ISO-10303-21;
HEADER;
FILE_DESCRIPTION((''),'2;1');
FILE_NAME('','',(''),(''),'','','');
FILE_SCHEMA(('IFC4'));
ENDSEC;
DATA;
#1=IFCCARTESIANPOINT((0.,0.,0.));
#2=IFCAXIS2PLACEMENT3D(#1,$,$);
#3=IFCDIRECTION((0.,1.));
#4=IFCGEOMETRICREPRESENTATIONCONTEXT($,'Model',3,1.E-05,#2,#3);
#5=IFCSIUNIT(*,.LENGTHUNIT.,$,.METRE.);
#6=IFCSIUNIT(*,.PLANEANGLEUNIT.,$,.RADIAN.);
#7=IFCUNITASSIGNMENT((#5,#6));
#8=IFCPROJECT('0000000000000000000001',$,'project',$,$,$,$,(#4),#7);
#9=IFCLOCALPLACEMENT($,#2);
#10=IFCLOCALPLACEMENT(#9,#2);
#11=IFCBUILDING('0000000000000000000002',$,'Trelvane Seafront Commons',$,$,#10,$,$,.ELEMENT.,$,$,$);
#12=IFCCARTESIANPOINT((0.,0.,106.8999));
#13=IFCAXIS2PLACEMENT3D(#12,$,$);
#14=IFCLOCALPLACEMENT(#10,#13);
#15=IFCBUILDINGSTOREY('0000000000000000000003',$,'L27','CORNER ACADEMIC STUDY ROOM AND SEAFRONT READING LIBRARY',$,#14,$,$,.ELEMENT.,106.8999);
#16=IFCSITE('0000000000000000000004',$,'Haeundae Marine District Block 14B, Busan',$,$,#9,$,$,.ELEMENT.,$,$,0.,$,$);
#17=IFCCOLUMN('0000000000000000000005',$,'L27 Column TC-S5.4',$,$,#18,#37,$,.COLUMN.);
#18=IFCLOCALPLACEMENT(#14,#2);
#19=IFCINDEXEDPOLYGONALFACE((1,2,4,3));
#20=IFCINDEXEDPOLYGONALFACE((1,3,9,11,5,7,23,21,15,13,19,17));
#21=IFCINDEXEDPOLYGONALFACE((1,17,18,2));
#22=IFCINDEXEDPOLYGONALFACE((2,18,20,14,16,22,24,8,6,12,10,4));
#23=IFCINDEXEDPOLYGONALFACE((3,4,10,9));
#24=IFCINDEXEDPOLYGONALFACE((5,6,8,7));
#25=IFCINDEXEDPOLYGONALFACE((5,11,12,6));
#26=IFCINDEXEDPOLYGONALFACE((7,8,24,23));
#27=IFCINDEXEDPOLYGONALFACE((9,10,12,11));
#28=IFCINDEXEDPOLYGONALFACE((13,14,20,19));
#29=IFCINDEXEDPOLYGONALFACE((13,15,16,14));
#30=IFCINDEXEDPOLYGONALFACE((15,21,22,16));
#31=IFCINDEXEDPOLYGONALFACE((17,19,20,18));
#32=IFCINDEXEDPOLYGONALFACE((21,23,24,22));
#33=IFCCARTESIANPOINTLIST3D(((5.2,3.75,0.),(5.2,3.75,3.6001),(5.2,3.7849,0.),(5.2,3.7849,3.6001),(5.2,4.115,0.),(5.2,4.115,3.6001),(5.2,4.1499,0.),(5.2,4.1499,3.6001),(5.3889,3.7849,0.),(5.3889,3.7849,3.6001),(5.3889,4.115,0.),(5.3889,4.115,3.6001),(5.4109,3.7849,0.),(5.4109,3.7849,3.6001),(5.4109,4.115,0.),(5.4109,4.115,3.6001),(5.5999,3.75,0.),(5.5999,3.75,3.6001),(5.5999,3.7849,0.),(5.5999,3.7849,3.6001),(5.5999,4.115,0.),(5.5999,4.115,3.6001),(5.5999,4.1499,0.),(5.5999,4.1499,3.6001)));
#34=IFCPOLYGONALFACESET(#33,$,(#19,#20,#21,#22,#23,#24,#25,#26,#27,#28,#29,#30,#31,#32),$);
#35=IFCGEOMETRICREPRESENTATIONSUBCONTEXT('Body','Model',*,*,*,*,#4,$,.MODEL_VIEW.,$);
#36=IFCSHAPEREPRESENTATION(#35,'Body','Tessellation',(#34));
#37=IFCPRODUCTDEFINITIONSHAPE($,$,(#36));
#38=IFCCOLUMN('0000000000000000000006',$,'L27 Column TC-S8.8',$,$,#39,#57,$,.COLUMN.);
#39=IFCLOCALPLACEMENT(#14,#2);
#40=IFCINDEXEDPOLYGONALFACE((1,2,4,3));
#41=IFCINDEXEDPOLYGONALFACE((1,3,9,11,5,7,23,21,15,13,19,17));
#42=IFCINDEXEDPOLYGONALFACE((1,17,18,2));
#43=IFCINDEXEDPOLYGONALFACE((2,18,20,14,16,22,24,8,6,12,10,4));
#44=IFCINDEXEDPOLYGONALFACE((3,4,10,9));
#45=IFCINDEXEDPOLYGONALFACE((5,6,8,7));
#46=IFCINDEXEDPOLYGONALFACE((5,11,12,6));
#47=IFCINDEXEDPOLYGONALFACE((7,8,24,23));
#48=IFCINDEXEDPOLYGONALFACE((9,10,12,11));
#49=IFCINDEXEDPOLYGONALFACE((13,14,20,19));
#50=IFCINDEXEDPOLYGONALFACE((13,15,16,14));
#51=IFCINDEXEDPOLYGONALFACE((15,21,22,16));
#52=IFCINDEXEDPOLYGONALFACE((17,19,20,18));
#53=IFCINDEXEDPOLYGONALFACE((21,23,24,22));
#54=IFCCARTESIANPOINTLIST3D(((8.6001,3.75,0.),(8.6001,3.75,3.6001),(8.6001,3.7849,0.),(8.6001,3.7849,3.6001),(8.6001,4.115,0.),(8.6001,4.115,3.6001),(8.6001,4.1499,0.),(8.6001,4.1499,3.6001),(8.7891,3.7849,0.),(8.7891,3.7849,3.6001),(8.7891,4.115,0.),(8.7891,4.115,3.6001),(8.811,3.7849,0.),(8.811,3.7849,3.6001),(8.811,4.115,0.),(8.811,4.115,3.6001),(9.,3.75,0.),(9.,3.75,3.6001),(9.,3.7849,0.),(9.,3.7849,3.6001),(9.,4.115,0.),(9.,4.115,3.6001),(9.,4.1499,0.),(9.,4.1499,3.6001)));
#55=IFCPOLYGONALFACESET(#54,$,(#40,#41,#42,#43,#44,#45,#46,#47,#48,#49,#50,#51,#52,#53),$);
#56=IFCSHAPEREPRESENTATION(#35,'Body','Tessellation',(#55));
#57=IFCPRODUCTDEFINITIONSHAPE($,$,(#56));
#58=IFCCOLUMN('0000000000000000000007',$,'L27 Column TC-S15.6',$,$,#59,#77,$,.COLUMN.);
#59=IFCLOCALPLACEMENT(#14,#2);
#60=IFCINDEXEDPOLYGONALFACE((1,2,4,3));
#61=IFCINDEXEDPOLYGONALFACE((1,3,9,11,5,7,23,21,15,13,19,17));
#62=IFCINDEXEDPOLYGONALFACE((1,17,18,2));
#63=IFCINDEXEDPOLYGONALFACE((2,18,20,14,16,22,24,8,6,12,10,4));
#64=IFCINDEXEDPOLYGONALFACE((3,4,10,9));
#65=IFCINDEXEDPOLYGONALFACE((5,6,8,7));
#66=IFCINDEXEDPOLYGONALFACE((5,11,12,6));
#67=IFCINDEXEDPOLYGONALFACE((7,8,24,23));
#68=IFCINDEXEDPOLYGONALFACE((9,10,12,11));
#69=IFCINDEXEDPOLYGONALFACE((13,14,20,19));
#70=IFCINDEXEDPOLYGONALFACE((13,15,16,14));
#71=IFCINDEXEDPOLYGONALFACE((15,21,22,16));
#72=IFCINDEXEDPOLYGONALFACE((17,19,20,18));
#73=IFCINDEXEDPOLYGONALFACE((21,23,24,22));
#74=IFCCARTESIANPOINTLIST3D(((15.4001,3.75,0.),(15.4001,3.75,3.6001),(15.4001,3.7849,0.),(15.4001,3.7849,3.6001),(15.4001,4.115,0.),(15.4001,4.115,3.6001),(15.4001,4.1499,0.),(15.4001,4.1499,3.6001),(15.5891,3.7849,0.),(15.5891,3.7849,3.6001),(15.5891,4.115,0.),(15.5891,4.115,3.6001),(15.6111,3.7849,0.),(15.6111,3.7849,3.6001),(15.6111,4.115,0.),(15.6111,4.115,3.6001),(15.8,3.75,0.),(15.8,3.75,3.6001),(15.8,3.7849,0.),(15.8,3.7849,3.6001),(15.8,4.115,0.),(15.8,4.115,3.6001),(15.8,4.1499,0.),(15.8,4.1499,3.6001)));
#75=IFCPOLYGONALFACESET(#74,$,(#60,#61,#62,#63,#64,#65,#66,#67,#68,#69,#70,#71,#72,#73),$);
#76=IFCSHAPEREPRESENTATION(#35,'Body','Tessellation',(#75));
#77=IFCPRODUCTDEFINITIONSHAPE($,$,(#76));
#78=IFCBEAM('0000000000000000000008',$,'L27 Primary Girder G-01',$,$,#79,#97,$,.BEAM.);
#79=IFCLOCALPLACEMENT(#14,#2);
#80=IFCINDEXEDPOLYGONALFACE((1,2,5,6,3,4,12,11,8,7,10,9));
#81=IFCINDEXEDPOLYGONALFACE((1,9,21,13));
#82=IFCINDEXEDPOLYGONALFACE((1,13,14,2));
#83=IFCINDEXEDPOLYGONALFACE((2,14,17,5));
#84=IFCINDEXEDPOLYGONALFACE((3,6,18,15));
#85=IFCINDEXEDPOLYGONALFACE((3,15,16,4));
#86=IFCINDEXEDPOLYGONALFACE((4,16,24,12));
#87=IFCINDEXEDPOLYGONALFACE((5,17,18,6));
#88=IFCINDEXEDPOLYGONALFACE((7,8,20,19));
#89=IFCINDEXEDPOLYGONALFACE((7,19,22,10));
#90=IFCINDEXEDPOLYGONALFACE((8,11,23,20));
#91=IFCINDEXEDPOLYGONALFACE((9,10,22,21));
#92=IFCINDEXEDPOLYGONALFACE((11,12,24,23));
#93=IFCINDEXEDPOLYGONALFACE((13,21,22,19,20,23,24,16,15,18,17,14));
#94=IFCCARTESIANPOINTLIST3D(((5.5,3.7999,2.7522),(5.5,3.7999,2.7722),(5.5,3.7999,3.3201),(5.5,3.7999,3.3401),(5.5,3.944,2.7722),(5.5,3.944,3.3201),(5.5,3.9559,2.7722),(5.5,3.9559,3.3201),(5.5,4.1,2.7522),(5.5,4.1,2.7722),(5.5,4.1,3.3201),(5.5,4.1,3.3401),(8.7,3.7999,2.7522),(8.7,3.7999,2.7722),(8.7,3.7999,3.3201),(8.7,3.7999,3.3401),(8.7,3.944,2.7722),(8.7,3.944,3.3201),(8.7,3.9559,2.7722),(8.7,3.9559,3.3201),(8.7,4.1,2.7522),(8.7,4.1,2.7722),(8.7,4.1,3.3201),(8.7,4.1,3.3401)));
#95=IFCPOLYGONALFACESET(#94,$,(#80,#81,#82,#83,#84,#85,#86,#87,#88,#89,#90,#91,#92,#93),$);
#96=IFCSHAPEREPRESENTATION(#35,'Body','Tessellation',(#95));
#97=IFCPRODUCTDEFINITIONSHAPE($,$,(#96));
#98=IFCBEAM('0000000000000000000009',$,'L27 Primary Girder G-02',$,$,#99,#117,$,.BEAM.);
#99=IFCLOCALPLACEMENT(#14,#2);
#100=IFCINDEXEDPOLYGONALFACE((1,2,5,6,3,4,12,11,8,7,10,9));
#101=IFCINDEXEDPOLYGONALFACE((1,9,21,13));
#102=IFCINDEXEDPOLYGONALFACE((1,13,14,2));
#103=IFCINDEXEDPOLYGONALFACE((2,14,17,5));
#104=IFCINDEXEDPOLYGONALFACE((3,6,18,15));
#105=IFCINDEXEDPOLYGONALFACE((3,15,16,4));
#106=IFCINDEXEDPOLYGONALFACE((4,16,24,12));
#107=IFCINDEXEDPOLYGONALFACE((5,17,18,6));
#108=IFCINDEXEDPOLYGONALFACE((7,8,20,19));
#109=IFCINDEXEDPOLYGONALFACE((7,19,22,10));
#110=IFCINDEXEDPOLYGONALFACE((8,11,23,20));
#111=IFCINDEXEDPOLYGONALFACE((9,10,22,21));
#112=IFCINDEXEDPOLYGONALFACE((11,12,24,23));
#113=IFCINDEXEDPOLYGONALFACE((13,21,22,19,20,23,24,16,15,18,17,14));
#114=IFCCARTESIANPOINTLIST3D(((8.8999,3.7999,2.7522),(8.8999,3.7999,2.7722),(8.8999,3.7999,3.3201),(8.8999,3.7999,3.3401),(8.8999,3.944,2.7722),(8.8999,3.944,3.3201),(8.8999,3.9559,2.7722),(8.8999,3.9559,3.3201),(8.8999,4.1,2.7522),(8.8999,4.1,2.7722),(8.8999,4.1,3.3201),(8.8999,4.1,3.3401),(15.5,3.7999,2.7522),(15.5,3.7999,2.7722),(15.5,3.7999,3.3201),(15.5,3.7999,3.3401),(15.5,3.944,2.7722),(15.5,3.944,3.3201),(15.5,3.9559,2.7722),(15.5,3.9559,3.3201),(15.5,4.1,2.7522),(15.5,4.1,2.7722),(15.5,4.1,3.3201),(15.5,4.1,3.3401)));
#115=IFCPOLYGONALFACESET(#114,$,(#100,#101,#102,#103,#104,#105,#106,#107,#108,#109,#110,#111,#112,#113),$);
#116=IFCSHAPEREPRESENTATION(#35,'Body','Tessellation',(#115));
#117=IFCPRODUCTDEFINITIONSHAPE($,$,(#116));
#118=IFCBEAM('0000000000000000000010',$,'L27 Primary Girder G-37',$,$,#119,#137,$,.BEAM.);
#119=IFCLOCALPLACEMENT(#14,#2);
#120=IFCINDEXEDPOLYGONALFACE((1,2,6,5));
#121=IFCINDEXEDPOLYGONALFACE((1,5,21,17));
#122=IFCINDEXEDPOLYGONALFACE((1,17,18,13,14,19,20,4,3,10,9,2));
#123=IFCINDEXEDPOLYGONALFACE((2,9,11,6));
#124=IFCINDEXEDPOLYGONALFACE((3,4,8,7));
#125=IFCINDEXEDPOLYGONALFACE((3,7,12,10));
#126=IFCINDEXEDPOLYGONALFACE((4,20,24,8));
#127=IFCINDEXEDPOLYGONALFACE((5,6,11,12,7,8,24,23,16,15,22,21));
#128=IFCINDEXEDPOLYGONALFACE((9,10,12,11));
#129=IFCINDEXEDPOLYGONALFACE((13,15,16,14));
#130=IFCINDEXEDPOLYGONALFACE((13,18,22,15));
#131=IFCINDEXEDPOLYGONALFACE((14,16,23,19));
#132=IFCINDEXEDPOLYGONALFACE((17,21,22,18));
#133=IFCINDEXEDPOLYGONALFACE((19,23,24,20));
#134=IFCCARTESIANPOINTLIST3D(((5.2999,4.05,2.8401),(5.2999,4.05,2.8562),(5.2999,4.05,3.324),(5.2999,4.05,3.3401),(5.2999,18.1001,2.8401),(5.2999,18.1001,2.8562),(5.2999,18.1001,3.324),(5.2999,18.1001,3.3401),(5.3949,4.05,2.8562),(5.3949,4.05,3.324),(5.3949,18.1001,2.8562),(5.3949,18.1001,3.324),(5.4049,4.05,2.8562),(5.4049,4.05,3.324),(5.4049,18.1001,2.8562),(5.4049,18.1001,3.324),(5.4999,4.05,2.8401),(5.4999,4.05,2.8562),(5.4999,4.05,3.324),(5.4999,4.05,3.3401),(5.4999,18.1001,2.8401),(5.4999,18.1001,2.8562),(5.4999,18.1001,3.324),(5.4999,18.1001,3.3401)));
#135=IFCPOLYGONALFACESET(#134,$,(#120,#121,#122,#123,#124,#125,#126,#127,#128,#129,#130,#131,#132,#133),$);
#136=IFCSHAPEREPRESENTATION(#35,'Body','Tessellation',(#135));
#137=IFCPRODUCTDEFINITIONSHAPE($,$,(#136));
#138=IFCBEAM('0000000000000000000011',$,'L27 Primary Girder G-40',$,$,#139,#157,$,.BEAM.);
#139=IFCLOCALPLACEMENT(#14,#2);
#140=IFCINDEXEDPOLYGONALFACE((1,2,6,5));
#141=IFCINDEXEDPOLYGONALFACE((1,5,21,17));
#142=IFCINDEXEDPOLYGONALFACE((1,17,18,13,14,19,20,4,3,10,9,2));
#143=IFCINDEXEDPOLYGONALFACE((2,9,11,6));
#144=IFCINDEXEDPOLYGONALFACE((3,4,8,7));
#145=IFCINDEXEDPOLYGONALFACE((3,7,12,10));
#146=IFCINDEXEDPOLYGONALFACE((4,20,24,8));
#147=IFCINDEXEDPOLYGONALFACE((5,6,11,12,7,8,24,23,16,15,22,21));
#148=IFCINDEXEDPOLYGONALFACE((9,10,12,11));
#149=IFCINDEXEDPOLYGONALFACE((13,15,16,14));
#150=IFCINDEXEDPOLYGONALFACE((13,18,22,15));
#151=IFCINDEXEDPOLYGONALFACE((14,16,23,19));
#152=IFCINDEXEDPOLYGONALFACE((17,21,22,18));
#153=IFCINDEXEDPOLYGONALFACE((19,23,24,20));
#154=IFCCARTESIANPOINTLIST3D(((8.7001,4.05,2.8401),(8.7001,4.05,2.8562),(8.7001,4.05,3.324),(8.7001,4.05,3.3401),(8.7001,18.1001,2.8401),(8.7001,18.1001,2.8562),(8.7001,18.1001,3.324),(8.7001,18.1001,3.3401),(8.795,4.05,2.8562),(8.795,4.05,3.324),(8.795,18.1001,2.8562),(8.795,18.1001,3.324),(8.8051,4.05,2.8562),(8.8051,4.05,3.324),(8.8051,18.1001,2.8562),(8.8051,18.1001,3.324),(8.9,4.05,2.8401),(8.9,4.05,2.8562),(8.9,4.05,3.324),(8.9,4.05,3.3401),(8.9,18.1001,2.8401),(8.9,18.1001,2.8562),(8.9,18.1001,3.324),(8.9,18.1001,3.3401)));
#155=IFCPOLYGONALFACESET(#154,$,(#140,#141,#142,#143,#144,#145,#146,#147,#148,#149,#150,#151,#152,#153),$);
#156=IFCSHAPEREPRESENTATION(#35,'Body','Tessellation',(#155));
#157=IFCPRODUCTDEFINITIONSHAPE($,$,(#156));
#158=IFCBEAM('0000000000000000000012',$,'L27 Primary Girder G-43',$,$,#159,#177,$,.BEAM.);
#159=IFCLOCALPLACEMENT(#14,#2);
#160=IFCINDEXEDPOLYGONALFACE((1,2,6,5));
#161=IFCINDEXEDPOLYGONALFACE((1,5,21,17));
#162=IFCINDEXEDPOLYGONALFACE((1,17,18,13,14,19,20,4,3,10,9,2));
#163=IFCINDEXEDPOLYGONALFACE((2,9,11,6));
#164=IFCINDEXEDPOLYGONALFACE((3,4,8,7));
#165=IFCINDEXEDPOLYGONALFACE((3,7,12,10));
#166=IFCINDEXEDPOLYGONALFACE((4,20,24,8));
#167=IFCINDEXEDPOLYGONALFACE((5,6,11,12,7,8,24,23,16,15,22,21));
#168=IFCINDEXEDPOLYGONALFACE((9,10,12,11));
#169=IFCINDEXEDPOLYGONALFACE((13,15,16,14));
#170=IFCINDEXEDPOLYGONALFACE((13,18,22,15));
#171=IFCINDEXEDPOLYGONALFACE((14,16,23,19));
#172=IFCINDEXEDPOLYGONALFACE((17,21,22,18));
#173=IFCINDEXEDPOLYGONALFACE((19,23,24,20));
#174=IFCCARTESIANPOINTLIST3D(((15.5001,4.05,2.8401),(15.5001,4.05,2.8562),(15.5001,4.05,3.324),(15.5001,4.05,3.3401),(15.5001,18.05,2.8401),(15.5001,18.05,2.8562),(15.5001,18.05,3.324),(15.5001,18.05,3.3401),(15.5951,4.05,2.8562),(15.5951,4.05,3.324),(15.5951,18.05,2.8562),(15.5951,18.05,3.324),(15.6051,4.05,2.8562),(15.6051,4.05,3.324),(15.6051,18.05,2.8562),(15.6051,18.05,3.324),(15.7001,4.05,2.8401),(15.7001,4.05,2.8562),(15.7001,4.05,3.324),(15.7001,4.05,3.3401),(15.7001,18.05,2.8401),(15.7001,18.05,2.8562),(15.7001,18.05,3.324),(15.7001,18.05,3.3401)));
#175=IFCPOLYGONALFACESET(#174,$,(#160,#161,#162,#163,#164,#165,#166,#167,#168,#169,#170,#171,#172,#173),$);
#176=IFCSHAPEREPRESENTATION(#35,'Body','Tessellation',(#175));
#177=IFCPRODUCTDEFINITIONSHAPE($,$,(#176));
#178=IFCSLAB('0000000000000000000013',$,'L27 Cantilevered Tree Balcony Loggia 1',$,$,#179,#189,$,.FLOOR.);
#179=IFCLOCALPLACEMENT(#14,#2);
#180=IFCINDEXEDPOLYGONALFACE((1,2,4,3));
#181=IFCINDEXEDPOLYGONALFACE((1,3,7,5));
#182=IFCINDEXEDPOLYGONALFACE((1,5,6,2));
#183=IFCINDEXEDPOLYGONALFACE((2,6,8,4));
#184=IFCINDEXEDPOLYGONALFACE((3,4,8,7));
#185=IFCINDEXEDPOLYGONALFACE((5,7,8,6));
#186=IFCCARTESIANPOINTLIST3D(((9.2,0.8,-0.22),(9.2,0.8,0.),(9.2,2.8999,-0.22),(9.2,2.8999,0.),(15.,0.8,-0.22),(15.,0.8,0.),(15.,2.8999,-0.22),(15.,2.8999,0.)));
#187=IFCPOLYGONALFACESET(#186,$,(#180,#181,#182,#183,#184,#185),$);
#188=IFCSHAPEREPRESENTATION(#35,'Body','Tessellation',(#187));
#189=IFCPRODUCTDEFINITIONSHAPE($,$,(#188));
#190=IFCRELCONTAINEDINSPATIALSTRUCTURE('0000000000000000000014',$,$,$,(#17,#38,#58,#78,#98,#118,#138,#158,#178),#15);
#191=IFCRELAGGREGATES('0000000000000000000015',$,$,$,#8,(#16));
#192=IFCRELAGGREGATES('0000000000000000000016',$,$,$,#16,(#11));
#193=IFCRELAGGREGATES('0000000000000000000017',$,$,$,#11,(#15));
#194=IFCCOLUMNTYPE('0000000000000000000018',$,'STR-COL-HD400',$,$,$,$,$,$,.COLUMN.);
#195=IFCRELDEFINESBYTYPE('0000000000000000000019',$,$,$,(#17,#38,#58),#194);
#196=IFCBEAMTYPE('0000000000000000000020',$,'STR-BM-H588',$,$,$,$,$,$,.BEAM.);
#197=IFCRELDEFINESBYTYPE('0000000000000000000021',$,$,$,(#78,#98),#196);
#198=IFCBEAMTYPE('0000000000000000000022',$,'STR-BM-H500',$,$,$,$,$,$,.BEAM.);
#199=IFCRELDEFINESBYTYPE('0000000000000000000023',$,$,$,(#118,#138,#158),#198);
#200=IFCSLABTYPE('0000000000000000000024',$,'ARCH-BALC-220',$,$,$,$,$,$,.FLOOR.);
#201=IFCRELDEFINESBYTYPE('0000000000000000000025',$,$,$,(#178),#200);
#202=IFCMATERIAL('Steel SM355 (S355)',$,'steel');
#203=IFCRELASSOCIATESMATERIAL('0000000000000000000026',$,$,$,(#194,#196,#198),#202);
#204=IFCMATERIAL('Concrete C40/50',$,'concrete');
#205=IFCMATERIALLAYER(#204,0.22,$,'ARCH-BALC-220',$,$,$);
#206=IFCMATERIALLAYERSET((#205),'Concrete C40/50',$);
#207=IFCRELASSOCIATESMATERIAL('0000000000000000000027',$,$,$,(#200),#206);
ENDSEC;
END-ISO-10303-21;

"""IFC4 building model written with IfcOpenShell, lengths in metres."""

from ifc_helpers import new_model, si_unit, direction, frame, origin, origin_2d, place, context, subcontext, project, spatial, polyline, i_section, outline, extrude, source, transform, mapped, material, layer, layer_set, material_profile, profile_set, type_object, element, save


model = new_model("IFC4")

# Units and contexts
model_context = context("Model", 3, precision=1e-05, world=origin(), true_north=direction((0.0, 1.0)))
body_context = subcontext(model_context, "Body", "Model", "MODEL_VIEW")
ifc_project = project(units=[si_unit("LENGTHUNIT", "METRE"), si_unit("PLANEANGLEUNIT", "RADIAN")], contexts=[model_context])

# Site, building, storey
site_placement = place(None, origin())
site = spatial("IfcSite", under=ifc_project, at=site_placement, Name="Haeundae Marine District Block 14B, Busan", CompositionType="ELEMENT", RefElevation=0.0)
building_placement = place(site_placement, origin())
building = spatial("IfcBuilding", under=site, at=building_placement, Name="Trelvane Seafront Commons", CompositionType="ELEMENT")
storey_placement = place(building_placement, frame((0.0, 0.0, 106.8999)))
storey = spatial("IfcBuildingStorey", under=building, at=storey_placement, Name="L27", Description="CORNER ACADEMIC STUDY ROOM AND SEAFRONT READING LIBRARY", CompositionType="ELEMENT", Elevation=106.8999)

# Columns
ifc_material_1 = material(Name="Steel SM355 (S355)", Category="steel")
ifc_material_profile_1 = material_profile(ifc_material_1, i_section(OverallWidth=0.3999, OverallDepth=0.3999, WebThickness=0.022, FlangeThickness=0.0349, at=origin_2d()), Name="HD-400x400x22x35")
ifc_profile_set_1 = profile_set([ifc_material_profile_1], Name="Steel SM355 (S355)")
column_type = type_object("IfcColumnType", Name="STR-COL-HD400", PredefinedType="COLUMN", material=ifc_profile_set_1)
shared_shape_1 = source(origin(), body_context, "Body", "SweptSolid", [
    extrude(i_section(OverallWidth=0.3999, OverallDepth=0.3999, WebThickness=0.022, FlangeThickness=0.0349, at=origin_2d()), origin(), (0.0, 0.0, 1.0), 3.6001),
])
for number, where, z_axis, x_axis, name in (
    (1, (5.3999, 3.95, 0.0), (0.0, 0.0, 1.0), (1.0, 0.0, 0.0), "L27 Column TC-S5.4"),
    (2, (8.8, 3.95, 0.0), (0.0, 0.0, 1.0), (1.0, 0.0, 0.0), "L27 Column TC-S8.8"),
    (3, (15.6001, 3.95, 0.0), (0.0, 0.0, 1.0), (1.0, 0.0, 0.0), "L27 Column TC-S15.6"),
):
    element("IfcColumn", number, at=place(storey_placement, frame(where, z_axis=z_axis, x_axis=x_axis)), inside=storey, type_object=column_type, Name=name, PredefinedType="COLUMN", context=body_context, shape_type="MappedRepresentation", body=[
        mapped(shared_shape_1, transform((0.0, 0.0, 0.0), x_axis=(1.0, 0.0, 0.0), y_axis=(0.0, 1.0, 0.0), z_axis=(0.0, 0.0, 1.0), scale=1.0)),
    ])

# Beams
ifc_material_profile_2 = material_profile(ifc_material_1, i_section(OverallWidth=0.3, OverallDepth=0.5879, WebThickness=0.012, FlangeThickness=0.02, at=origin_2d()), Name="H-588x300x12x20")
ifc_profile_set_2 = profile_set([ifc_material_profile_2], Name="Steel SM355 (S355)")
beam_type_1 = type_object("IfcBeamType", Name="STR-BM-H588", PredefinedType="BEAM", material=ifc_profile_set_2)
shared_shape_2 = source(origin(), body_context, "Body", "SweptSolid", [
    extrude(i_section(OverallWidth=0.3, OverallDepth=0.5879, WebThickness=0.012, FlangeThickness=0.02, at=origin_2d()), origin(), (0.0, 0.0, 1.0), 3.2),
])
beam_1_placement = place(storey_placement, frame((5.5, 3.95, 3.0461), z_axis=(1.0, 0.0, 0.0), x_axis=(0.0, 1.0, 0.0)))
element("IfcBeam", 4, at=beam_1_placement, inside=storey, type_object=beam_type_1, Name="L27 Primary Girder G-01", PredefinedType="BEAM", context=body_context, shape_type="MappedRepresentation", body=[
    mapped(shared_shape_2, transform((0.0, 0.0, 0.0), x_axis=(1.0, 0.0, 0.0), y_axis=(0.0, 1.0, 0.0), z_axis=(0.0, 0.0, 1.0), scale=1.0)),
])
shared_shape_3 = source(origin(), body_context, "Body", "SweptSolid", [
    extrude(i_section(OverallWidth=0.3, OverallDepth=0.5879, WebThickness=0.012, FlangeThickness=0.02, at=origin_2d()), origin(), (0.0, 0.0, 1.0), 6.6001),
])
beam_2_placement = place(storey_placement, frame((8.8999, 3.95, 3.0461), z_axis=(1.0, 0.0, 0.0), x_axis=(0.0, 1.0, 0.0)))
element("IfcBeam", 5, at=beam_2_placement, inside=storey, type_object=beam_type_1, Name="L27 Primary Girder G-02", PredefinedType="BEAM", context=body_context, shape_type="MappedRepresentation", body=[
    mapped(shared_shape_3, transform((0.0, 0.0, 0.0), x_axis=(1.0, 0.0, 0.0), y_axis=(0.0, 1.0, 0.0), z_axis=(0.0, 0.0, 1.0), scale=1.0)),
])
ifc_material_profile_3 = material_profile(ifc_material_1, i_section(OverallWidth=0.2, OverallDepth=0.5, WebThickness=0.01, FlangeThickness=0.0161, at=origin_2d()), Name="H-500x200x10x16")
ifc_profile_set_3 = profile_set([ifc_material_profile_3], Name="Steel SM355 (S355)")
beam_type_2 = type_object("IfcBeamType", Name="STR-BM-H500", PredefinedType="BEAM", material=ifc_profile_set_3)
shared_shape_4 = source(origin(), body_context, "Body", "SweptSolid", [
    extrude(i_section(OverallWidth=0.2, OverallDepth=0.5, WebThickness=0.01, FlangeThickness=0.0161, at=origin_2d()), origin(), (0.0, 0.0, 1.0), 14.05),
])
for number, where, z_axis, x_axis, name in (
    (6, (5.3999, 4.05, 3.0901), (0.0, 1.0, 0.0), (-1.0, 0.0, 0.0), "L27 Primary Girder G-37"),
    (7, (8.8, 4.05, 3.0901), (0.0, 1.0, 0.0), (-1.0, 0.0, 0.0), "L27 Primary Girder G-40"),
):
    element("IfcBeam", number, at=place(storey_placement, frame(where, z_axis=z_axis, x_axis=x_axis)), inside=storey, type_object=beam_type_2, Name=name, PredefinedType="BEAM", context=body_context, shape_type="MappedRepresentation", body=[
        mapped(shared_shape_4, transform((0.0, 0.0, 0.0), x_axis=(1.0, 0.0, 0.0), y_axis=(0.0, 1.0, 0.0), z_axis=(0.0, 0.0, 1.0), scale=1.0)),
    ])
shared_shape_5 = source(origin(), body_context, "Body", "SweptSolid", [
    extrude(i_section(OverallWidth=0.2, OverallDepth=0.5, WebThickness=0.01, FlangeThickness=0.0161, at=origin_2d()), origin(), (0.0, 0.0, 1.0), 14.0),
])
beam_3_placement = place(storey_placement, frame((15.6001, 4.05, 3.0901), z_axis=(0.0, 1.0, 0.0), x_axis=(-1.0, 0.0, 0.0)))
element("IfcBeam", 8, at=beam_3_placement, inside=storey, type_object=beam_type_2, Name="L27 Primary Girder G-43", PredefinedType="BEAM", context=body_context, shape_type="MappedRepresentation", body=[
    mapped(shared_shape_5, transform((0.0, 0.0, 0.0), x_axis=(1.0, 0.0, 0.0), y_axis=(0.0, 1.0, 0.0), z_axis=(0.0, 0.0, 1.0), scale=1.0)),
])

# Slab
ifc_material_2 = material(Name="Concrete C40/50", Category="concrete")
ifc_layer_1 = layer(ifc_material_2, 0.22, Name="ARCH-BALC-220")
ifc_layer_set_1 = layer_set([ifc_layer_1], Name="Concrete C40/50")
slab_type_1 = type_object("IfcSlabType", Name="ARCH-BALC-220", PredefinedType="FLOOR", material=ifc_layer_set_1)
slab_1_placement = place(storey_placement, frame((0.0, 0.0, -0.22)))
element("IfcSlab", 9, at=slab_1_placement, inside=storey, type_object=slab_type_1, Name="L27 Cantilevered Tree Balcony Loggia 1", PredefinedType="FLOOR", context=body_context, shape_type="SweptSolid", body=[
    extrude(outline(polyline([(9.2, 0.8), (15.0, 0.8), (15.0, 2.8999), (9.2, 2.8999), (9.2, 0.8)])), origin(), (0.0, 0.0, 1.0), 0.22),
])

save(model, "model.ifc")
